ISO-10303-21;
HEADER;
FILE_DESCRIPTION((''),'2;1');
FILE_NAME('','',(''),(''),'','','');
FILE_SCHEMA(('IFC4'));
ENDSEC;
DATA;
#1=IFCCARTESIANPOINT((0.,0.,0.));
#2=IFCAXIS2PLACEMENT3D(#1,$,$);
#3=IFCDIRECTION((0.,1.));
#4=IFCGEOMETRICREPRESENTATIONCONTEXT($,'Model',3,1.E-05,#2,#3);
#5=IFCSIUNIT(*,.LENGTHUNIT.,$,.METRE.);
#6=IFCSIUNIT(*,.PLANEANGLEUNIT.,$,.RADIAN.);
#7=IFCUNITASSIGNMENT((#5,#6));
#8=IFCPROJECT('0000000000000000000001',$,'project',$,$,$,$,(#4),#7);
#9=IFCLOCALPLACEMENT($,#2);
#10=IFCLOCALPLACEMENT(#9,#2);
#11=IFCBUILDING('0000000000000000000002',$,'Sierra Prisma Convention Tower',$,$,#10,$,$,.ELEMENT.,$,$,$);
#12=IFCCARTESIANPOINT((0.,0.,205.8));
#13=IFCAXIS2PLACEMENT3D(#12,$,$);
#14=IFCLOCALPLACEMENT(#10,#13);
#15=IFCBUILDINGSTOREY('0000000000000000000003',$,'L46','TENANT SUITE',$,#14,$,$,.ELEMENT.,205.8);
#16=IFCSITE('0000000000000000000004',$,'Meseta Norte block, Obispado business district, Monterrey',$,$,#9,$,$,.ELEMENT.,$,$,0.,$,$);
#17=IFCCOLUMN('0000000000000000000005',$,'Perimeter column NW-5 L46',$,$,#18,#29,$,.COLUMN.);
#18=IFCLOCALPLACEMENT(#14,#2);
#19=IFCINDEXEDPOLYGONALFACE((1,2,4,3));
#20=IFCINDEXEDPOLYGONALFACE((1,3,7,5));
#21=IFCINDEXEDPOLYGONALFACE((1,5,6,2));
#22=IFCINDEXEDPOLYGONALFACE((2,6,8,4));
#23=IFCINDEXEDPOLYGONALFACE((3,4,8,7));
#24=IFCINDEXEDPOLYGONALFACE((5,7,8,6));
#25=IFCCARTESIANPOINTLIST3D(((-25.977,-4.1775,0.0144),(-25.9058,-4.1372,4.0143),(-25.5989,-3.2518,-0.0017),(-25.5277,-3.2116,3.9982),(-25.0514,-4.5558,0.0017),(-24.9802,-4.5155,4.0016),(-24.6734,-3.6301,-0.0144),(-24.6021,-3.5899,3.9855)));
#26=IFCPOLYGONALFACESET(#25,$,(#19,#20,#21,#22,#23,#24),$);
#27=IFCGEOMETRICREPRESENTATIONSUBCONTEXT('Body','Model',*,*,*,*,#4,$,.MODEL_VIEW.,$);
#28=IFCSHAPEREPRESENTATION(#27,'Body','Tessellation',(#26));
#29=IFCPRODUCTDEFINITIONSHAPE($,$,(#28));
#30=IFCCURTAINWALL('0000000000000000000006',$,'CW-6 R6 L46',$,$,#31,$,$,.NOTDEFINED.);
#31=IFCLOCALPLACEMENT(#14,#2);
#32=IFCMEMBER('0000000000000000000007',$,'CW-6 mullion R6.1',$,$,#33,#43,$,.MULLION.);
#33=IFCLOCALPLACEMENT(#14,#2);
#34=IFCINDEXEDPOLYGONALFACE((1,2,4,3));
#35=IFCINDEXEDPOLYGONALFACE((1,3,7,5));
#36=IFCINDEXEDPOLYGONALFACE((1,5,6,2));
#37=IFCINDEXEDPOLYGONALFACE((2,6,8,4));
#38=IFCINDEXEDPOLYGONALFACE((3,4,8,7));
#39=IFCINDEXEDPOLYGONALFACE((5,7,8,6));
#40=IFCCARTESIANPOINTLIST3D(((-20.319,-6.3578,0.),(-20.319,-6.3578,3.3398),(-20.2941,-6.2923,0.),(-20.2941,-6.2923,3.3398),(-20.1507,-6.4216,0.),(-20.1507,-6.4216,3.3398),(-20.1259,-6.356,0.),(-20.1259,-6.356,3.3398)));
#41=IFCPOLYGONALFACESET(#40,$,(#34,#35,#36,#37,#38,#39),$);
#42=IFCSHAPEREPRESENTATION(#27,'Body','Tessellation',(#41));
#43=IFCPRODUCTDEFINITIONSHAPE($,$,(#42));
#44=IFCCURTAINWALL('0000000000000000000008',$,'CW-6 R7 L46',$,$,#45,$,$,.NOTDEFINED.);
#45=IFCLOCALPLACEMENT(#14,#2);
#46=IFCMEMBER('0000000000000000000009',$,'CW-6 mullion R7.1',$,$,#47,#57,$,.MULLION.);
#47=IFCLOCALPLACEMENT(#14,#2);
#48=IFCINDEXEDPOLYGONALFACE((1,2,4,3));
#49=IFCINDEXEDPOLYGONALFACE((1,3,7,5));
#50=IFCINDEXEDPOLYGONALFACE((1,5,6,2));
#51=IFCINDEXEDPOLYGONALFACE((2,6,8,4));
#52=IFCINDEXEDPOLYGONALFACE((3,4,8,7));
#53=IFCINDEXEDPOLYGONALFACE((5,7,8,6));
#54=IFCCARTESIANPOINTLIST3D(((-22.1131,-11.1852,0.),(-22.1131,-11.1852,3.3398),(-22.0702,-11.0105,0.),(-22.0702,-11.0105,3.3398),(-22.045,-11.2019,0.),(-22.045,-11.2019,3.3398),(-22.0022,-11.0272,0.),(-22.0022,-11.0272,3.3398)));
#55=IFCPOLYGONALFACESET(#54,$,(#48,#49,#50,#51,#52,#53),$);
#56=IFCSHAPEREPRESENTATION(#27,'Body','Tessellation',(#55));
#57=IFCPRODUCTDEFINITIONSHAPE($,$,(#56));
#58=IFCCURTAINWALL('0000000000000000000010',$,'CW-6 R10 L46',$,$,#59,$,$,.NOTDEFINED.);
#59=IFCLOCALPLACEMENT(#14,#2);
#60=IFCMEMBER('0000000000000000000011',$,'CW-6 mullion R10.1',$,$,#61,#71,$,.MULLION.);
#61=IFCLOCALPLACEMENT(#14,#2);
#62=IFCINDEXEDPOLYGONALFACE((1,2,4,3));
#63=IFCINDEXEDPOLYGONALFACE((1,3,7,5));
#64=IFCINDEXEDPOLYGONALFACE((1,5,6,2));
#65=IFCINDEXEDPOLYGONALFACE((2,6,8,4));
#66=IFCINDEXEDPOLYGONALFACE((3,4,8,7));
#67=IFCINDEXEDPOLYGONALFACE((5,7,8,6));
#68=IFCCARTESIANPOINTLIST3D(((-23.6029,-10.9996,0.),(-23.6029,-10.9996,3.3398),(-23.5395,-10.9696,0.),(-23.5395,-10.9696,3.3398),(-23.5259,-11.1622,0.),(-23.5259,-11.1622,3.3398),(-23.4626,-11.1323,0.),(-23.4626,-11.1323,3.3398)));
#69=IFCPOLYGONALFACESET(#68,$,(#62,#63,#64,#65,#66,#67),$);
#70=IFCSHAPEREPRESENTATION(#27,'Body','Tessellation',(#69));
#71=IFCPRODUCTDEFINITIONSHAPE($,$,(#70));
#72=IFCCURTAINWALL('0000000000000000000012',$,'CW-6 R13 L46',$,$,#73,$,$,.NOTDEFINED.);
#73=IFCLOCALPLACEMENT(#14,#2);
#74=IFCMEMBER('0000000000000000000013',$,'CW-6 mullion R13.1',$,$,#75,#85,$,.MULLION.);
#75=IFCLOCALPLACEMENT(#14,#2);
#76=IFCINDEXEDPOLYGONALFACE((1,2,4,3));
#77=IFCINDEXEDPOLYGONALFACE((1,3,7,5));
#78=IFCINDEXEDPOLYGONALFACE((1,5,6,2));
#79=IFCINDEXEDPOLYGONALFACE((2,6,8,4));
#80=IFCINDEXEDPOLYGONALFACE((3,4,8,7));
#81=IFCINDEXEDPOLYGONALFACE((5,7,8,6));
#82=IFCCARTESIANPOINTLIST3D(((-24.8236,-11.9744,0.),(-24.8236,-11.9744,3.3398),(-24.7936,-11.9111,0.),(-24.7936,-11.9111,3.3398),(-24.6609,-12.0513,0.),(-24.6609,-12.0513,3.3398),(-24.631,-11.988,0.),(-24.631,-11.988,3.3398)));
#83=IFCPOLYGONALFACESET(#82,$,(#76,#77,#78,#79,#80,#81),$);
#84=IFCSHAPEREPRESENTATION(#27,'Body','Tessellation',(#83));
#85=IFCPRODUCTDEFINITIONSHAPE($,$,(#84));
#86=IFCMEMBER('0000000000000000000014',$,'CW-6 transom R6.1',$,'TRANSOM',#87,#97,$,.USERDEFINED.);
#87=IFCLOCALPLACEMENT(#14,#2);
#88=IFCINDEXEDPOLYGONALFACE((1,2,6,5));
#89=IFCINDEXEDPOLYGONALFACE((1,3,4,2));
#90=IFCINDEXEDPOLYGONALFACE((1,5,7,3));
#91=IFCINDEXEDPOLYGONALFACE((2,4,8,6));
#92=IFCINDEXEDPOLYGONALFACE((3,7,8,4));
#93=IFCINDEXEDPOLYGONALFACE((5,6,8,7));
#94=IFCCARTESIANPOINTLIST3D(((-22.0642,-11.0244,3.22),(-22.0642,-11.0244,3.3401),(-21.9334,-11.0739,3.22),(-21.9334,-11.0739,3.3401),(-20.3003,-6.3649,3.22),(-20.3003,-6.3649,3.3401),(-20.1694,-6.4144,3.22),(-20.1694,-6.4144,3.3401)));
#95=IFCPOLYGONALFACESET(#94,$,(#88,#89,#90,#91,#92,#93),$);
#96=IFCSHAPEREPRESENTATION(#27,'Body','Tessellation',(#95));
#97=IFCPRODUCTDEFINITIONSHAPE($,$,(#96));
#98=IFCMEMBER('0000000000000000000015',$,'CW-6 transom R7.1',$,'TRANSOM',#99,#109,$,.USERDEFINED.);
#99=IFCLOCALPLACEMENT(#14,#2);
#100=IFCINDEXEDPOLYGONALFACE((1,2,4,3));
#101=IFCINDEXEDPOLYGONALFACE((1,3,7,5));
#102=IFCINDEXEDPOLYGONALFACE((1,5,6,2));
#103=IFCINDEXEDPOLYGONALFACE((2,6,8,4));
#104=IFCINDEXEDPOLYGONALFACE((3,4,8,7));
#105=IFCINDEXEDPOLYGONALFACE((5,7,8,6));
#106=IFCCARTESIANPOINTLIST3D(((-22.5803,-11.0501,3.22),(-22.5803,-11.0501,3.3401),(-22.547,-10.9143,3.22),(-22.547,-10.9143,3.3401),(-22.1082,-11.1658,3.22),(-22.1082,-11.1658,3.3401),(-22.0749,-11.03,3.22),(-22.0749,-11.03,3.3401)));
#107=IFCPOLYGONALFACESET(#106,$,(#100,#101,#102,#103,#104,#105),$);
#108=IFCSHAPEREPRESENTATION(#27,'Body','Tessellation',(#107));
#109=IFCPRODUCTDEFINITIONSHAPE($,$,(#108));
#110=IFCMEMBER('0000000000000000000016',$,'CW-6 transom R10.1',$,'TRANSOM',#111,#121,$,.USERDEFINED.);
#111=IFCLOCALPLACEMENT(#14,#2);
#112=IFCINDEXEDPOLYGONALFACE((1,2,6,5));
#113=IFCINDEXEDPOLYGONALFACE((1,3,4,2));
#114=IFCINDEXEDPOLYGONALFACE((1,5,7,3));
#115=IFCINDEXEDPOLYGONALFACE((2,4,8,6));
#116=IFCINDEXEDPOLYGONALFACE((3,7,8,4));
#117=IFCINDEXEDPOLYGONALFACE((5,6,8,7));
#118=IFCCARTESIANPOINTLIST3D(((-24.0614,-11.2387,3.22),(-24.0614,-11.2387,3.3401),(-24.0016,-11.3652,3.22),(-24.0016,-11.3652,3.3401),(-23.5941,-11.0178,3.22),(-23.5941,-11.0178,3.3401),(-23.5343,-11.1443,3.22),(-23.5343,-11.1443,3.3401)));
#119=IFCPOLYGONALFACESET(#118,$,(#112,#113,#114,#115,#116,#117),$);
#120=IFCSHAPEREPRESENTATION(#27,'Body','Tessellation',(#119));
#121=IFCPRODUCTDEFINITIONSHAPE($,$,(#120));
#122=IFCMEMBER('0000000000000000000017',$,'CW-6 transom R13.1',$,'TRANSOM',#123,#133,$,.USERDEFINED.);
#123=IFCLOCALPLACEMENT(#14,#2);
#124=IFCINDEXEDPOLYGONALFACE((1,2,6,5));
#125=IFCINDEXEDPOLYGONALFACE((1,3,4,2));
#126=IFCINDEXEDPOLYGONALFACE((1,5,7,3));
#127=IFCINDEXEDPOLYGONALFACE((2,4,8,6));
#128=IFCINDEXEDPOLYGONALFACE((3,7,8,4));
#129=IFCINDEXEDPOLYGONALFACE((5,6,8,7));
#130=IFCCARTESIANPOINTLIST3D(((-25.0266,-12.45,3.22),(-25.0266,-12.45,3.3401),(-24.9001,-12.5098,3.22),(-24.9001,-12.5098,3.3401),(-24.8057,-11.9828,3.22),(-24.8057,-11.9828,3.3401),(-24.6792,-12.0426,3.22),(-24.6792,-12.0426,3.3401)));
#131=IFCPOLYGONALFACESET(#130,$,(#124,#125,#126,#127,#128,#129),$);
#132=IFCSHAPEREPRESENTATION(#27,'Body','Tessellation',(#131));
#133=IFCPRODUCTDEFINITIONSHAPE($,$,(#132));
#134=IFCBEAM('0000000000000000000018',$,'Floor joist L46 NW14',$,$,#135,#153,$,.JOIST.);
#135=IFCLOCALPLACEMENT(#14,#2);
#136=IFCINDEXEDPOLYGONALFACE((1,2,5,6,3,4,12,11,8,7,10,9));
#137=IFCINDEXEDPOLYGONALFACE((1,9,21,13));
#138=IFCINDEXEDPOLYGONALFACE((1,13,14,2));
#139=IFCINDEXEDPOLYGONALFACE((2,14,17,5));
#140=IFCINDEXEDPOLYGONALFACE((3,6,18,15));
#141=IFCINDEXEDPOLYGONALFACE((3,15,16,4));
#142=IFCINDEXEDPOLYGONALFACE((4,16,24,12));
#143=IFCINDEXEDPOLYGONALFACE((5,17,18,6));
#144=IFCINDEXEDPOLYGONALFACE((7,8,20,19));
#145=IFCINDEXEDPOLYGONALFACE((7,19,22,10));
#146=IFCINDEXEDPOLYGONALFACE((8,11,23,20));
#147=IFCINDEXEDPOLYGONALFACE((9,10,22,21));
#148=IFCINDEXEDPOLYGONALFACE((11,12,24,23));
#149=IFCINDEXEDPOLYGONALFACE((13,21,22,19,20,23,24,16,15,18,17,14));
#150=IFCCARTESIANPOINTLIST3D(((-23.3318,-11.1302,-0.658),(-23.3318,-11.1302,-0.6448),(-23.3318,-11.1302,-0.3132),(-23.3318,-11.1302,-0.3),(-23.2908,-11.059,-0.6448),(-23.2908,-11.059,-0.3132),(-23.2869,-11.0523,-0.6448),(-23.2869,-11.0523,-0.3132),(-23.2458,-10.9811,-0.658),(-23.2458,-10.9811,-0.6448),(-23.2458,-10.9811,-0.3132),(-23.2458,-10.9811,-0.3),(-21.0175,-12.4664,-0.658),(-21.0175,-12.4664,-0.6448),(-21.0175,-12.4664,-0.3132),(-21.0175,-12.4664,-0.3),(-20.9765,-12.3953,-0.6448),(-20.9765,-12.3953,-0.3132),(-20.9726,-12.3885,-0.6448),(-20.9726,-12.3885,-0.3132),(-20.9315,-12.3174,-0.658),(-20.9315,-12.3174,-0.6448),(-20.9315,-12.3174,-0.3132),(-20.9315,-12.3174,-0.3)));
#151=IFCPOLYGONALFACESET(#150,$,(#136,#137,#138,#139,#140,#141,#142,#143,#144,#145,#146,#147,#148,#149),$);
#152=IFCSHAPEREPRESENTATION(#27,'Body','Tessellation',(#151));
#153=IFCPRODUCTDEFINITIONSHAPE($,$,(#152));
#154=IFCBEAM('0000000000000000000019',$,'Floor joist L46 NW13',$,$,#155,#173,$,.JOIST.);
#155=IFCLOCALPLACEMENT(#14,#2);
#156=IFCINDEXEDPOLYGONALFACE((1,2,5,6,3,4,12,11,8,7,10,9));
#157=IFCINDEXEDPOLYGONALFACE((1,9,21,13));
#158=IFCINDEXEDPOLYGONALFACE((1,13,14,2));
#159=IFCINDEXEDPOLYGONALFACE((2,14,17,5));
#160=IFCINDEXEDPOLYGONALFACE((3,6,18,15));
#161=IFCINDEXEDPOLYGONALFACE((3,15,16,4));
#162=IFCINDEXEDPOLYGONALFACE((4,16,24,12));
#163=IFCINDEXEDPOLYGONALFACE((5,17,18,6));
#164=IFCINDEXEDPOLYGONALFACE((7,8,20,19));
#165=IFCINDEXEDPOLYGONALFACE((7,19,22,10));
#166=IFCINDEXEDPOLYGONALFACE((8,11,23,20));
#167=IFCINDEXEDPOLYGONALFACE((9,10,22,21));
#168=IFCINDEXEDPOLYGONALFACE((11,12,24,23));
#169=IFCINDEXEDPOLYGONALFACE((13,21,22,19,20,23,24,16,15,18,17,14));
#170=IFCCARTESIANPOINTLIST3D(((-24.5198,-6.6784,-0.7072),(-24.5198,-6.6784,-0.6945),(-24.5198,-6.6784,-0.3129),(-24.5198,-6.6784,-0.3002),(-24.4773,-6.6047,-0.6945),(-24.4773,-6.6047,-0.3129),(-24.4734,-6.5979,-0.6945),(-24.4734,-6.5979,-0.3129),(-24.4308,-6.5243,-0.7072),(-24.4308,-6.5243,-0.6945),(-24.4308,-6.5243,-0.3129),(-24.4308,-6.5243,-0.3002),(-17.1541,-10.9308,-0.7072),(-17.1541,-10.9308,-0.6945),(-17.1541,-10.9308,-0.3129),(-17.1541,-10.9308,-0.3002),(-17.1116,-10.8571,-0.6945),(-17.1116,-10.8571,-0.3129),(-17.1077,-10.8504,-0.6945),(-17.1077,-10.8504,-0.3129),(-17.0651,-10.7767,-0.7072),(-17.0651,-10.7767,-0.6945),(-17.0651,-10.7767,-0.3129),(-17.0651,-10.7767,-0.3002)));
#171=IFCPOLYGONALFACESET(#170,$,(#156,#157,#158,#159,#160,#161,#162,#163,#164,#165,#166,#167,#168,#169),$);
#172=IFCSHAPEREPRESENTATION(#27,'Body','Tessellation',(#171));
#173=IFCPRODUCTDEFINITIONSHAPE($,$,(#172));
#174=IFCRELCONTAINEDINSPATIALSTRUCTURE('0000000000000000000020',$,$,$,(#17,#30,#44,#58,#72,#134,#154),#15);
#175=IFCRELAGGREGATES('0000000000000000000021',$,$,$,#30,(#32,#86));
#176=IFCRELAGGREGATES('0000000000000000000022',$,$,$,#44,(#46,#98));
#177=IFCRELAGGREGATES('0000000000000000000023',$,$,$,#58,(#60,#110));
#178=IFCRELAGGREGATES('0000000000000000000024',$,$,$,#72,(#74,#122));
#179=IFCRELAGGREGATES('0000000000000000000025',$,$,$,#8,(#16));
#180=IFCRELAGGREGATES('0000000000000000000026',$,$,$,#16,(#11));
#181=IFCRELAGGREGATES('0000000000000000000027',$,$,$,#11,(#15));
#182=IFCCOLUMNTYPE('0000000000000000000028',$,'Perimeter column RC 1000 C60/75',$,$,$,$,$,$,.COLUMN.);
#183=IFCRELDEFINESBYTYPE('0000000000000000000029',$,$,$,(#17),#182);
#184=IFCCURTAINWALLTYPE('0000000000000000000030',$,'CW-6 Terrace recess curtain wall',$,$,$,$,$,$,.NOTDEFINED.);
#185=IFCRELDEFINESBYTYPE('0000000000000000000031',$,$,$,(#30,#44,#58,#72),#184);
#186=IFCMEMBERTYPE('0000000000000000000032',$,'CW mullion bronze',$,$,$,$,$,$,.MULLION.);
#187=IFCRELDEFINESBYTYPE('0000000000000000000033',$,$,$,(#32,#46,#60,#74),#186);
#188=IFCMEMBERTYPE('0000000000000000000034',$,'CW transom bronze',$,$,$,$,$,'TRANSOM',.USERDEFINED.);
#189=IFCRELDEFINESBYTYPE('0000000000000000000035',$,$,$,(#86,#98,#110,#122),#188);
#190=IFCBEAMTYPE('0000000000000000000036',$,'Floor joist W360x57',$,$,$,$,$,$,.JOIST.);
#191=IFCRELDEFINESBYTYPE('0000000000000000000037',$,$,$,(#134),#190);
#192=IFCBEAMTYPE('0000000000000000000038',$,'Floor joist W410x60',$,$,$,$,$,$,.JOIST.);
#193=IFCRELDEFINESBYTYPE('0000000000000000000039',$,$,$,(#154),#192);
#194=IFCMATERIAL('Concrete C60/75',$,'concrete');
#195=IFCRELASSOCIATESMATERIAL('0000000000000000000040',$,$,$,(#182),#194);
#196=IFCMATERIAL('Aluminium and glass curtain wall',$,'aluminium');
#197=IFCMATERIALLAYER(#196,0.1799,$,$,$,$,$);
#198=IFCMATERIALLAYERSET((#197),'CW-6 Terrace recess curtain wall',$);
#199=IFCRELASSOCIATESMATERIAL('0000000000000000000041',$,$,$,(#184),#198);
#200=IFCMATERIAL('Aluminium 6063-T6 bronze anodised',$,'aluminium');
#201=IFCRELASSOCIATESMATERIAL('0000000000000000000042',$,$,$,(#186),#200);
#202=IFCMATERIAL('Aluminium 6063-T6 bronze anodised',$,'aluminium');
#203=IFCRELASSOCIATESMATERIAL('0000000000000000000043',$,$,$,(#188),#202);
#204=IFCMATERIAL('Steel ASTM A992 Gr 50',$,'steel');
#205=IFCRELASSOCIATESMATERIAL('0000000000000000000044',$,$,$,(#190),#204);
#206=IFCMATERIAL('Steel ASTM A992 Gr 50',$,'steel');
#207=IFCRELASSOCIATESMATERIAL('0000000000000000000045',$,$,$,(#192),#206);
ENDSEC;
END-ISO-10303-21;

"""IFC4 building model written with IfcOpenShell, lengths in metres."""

from ifc_helpers import new_model, si_unit, direction, frame, origin, origin_2d, place, context, subcontext, project, spatial, rectangle, i_section, extrude, material, layer, layer_set, material_profile, profile_set, type_object, element, aggregate, save


model = new_model("IFC4")

# Units and contexts
model_context = context("Model", 3, precision=1e-05, world=origin(), true_north=direction((0.0, 1.0)))
body_context = subcontext(model_context, "Body", "Model", "MODEL_VIEW")
ifc_project = project(units=[si_unit("LENGTHUNIT", "METRE"), si_unit("PLANEANGLEUNIT", "RADIAN")], contexts=[model_context])

# Site, building, storey
site_placement = place(None, origin())
site = spatial("IfcSite", under=ifc_project, at=site_placement, Name="Meseta Norte block, Obispado business district, Monterrey", CompositionType="ELEMENT", RefElevation=0.0)
building_placement = place(site_placement, origin())
building = spatial("IfcBuilding", under=site, at=building_placement, Name="Sierra Prisma Convention Tower", CompositionType="ELEMENT")
storey_placement = place(building_placement, frame((0.0, 0.0, 205.8)))
storey = spatial("IfcBuildingStorey", under=building, at=storey_placement, Name="L46", Description="TENANT SUITE", CompositionType="ELEMENT", Elevation=205.8)

# Column
ifc_material_1 = material(Name="Concrete C60/75", Category="concrete")
ifc_material_profile_1 = material_profile(ifc_material_1, rectangle(XDim=1.0, YDim=1.0, at=origin_2d()), Name="Perimeter column RC 1000 C60/75")
ifc_profile_set_1 = profile_set([ifc_material_profile_1], Name="Concrete C60/75")
column_type = type_object("IfcColumnType", Name="Perimeter column RC 1000 C60/75", PredefinedType="COLUMN", material=ifc_profile_set_1)
column_placement = place(storey_placement, frame((-25.3252, -3.9038, 0.0), z_axis=(0.017819, 0.010069, 0.999791), x_axis=(0.378094, 0.925628, -0.01606)))
element("IfcColumn", 1, at=column_placement, inside=storey, type_object=column_type, Name="Perimeter column NW-5 L46", PredefinedType="COLUMN", context=body_context, shape_type="SweptSolid", body=[
    extrude(rectangle(XDim=1.0, YDim=1.0, at=origin_2d()), origin(), (0.0, 0.0, 1.0), 4.0007),
])

# Curtain walls, members
ifc_material_2 = material(Name="Aluminium and glass curtain wall", Category="aluminium")
ifc_layer_1 = layer(ifc_material_2, 0.1799)
ifc_layer_set_1 = layer_set([ifc_layer_1], Name="CW-6 Terrace recess curtain wall")
curtain_wall_type = type_object("IfcCurtainWallType", Name="CW-6 Terrace recess curtain wall", PredefinedType="NOTDEFINED", material=ifc_layer_set_1)
curtain_wall_1_placement = place(storey_placement, origin())
curtain_wall_1 = element("IfcCurtainWall", 2, at=curtain_wall_1_placement, inside=storey, type_object=curtain_wall_type, Name="CW-6 R6 L46", PredefinedType="NOTDEFINED")
ifc_material_3 = material(Name="Aluminium 6063-T6 bronze anodised", Category="aluminium")
ifc_material_profile_2 = material_profile(ifc_material_3, rectangle(XDim=0.1799, YDim=0.0701, at=origin_2d()), Name="ALU MULLION 70x180")
ifc_profile_set_2 = profile_set([ifc_material_profile_2], Name="Aluminium 6063-T6 bronze anodised")
member_type_1 = type_object("IfcMemberType", Name="CW mullion bronze", PredefinedType="MULLION", material=ifc_profile_set_2)
member_1_placement = place(storey_placement, frame((-20.2224, -6.3569, 0.0), z_axis=(0.0, 0.0, 1.0), x_axis=(0.935227, -0.354048, 0.0)))
member_1 = element("IfcMember", 3, at=member_1_placement, type_object=member_type_1, Name="CW-6 mullion R6.1", PredefinedType="MULLION", context=body_context, shape_type="SweptSolid", body=[
    extrude(rectangle(XDim=0.1799, YDim=0.0701, at=origin_2d()), origin(), (0.0, 0.0, 1.0), 3.3398),
])
curtain_wall_2_placement = place(storey_placement, origin())
curtain_wall_2 = element("IfcCurtainWall", 4, at=curtain_wall_2_placement, inside=storey, type_object=curtain_wall_type, Name="CW-6 R7 L46", PredefinedType="NOTDEFINED")
member_2_placement = place(storey_placement, frame((-22.0576, -11.1062, 0.0), z_axis=(0.0, 0.0, 1.0), x_axis=(-0.238294, -0.971193, 0.0)))
member_2 = element("IfcMember", 5, at=member_2_placement, type_object=member_type_1, Name="CW-6 mullion R7.1", PredefinedType="MULLION", context=body_context, shape_type="SweptSolid", body=[
    extrude(rectangle(XDim=0.1799, YDim=0.0701, at=origin_2d()), origin(), (0.0, 0.0, 1.0), 3.3398),
])
curtain_wall_3_placement = place(storey_placement, origin())
curtain_wall_3 = element("IfcCurtainWall", 6, at=curtain_wall_3_placement, inside=storey, type_object=curtain_wall_type, Name="CW-6 R10 L46", PredefinedType="NOTDEFINED")
member_3_placement = place(storey_placement, frame((-23.5327, -11.0659, 0.0), z_axis=(0.0, 0.0, 1.0), x_axis=(0.427555, -0.903989, 0.0)))
member_3 = element("IfcMember", 7, at=member_3_placement, type_object=member_type_1, Name="CW-6 mullion R10.1", PredefinedType="MULLION", context=body_context, shape_type="SweptSolid", body=[
    extrude(rectangle(XDim=0.1799, YDim=0.0701, at=origin_2d()), origin(), (0.0, 0.0, 1.0), 3.3398),
])
curtain_wall_4_placement = place(storey_placement, origin())
curtain_wall_4 = element("IfcCurtainWall", 8, at=curtain_wall_4_placement, inside=storey, type_object=curtain_wall_type, Name="CW-6 R13 L46", PredefinedType="NOTDEFINED")
member_4_placement = place(storey_placement, frame((-24.7273, -11.9812, 0.0), z_axis=(0.0, 0.0, 1.0), x_axis=(0.903989, -0.427555, 0.0)))
member_4 = element("IfcMember", 9, at=member_4_placement, type_object=member_type_1, Name="CW-6 mullion R13.1", PredefinedType="MULLION", context=body_context, shape_type="SweptSolid", body=[
    extrude(rectangle(XDim=0.1799, YDim=0.0701, at=origin_2d()), origin(), (0.0, 0.0, 1.0), 3.3398),
])

# Members
ifc_material_4 = material(Name="Aluminium 6063-T6 bronze anodised", Category="aluminium")
ifc_material_profile_3 = material_profile(ifc_material_4, rectangle(XDim=0.1399, YDim=0.1201, at=origin_2d()), Name="ALU TRANSOM 120x140")
ifc_profile_set_3 = profile_set([ifc_material_profile_3], Name="Aluminium 6063-T6 bronze anodised")
member_type_2 = type_object("IfcMemberType", Name="CW transom bronze", ElementType="TRANSOM", PredefinedType="USERDEFINED", material=ifc_profile_set_3)
member_5_placement = place(storey_placement, frame((-20.2349, -6.3896, 3.28), z_axis=(-0.354048, -0.935227, 0.0), x_axis=(0.935227, -0.354048, 0.0)))
member_5 = element("IfcMember", 10, at=member_5_placement, type_object=member_type_2, Name="CW-6 transom R6.1", ObjectType="TRANSOM", PredefinedType="USERDEFINED", context=body_context, shape_type="SweptSolid", body=[
    extrude(rectangle(XDim=0.1399, YDim=0.1201, at=origin_2d()), origin(), (0.0, 0.0, 1.0), 4.9822),
])
member_6_placement = place(storey_placement, frame((-22.0916, -11.0979, 3.28), z_axis=(-0.971255, 0.238043, 0.0), x_axis=(-0.238043, -0.971255, 0.0)))
member_6 = element("IfcMember", 11, at=member_6_placement, type_object=member_type_2, Name="CW-6 transom R7.1", ObjectType="TRANSOM", PredefinedType="USERDEFINED", context=body_context, shape_type="SweptSolid", body=[
    extrude(rectangle(XDim=0.1399, YDim=0.1201, at=origin_2d()), origin(), (0.0, 0.0, 1.0), 0.4861),
])
member_7_placement = place(storey_placement, frame((-23.5642, -11.0811, 3.28), z_axis=(-0.904036, -0.427457, 0.0), x_axis=(0.427457, -0.904036, 0.0)))
member_7 = element("IfcMember", 12, at=member_7_placement, type_object=member_type_2, Name="CW-6 transom R10.1", ObjectType="TRANSOM", PredefinedType="USERDEFINED", context=body_context, shape_type="SweptSolid", body=[
    extrude(rectangle(XDim=0.1399, YDim=0.1201, at=origin_2d()), origin(), (0.0, 0.0, 1.0), 0.5168),
])
member_8_placement = place(storey_placement, frame((-24.7424, -12.0127, 3.28), z_axis=(-0.427457, -0.904036, 0.0), x_axis=(0.904036, -0.427457, 0.0)))
member_8 = element("IfcMember", 13, at=member_8_placement, type_object=member_type_2, Name="CW-6 transom R13.1", ObjectType="TRANSOM", PredefinedType="USERDEFINED", context=body_context, shape_type="SweptSolid", body=[
    extrude(rectangle(XDim=0.1399, YDim=0.1201, at=origin_2d()), origin(), (0.0, 0.0, 1.0), 0.5168),
])

# Beams
ifc_material_5 = material(Name="Steel ASTM A992 Gr 50", Category="steel")
ifc_material_profile_4 = material_profile(ifc_material_5, i_section(OverallWidth=0.1721, OverallDepth=0.3579, WebThickness=0.0078, FlangeThickness=0.0132, at=origin_2d()), Name="W360x57")
ifc_profile_set_4 = profile_set([ifc_material_profile_4], Name="Steel ASTM A992 Gr 50")
beam_type_1 = type_object("IfcBeamType", Name="Floor joist W360x57", PredefinedType="JOIST", material=ifc_profile_set_4)
beam_1_placement = place(storey_placement, frame((-23.2888, -11.0557, -0.479), z_axis=(0.866014, -0.50002, 0.0), x_axis=(0.50002, 0.866014, 0.0)))
element("IfcBeam", 14, at=beam_1_placement, inside=storey, type_object=beam_type_1, Name="Floor joist L46 NW14", PredefinedType="JOIST", context=body_context, shape_type="SweptSolid", body=[
    extrude(i_section(OverallWidth=0.1721, OverallDepth=0.3579, WebThickness=0.0078, FlangeThickness=0.0132, at=origin_2d()), origin(), (0.0, 0.0, 1.0), 2.6724),
])
ifc_material_6 = material(Name="Steel ASTM A992 Gr 50", Category="steel")
ifc_material_profile_5 = material_profile(ifc_material_6, i_section(OverallWidth=0.178, OverallDepth=0.407, WebThickness=0.0078, FlangeThickness=0.0127, at=origin_2d()), Name="W410x60")
ifc_profile_set_5 = profile_set([ifc_material_profile_5], Name="Steel ASTM A992 Gr 50")
beam_type_2 = type_object("IfcBeamType", Name="Floor joist W410x60", PredefinedType="JOIST", material=ifc_profile_set_5)
beam_2_placement = place(storey_placement, frame((-24.4753, -6.6013, -0.5037), z_axis=(0.866034, -0.499986, 0.0), x_axis=(0.499986, 0.866034, 0.0)))
element("IfcBeam", 15, at=beam_2_placement, inside=storey, type_object=beam_type_2, Name="Floor joist L46 NW13", PredefinedType="JOIST", context=body_context, shape_type="SweptSolid", body=[
    extrude(i_section(OverallWidth=0.178, OverallDepth=0.407, WebThickness=0.0078, FlangeThickness=0.0127, at=origin_2d()), origin(), (0.0, 0.0, 1.0), 8.5051),
])

aggregate(curtain_wall_1, [member_1, member_5])
aggregate(curtain_wall_2, [member_2, member_6])
aggregate(curtain_wall_3, [member_3, member_7])
aggregate(curtain_wall_4, [member_4, member_8])

save(model, "model.ifc")
